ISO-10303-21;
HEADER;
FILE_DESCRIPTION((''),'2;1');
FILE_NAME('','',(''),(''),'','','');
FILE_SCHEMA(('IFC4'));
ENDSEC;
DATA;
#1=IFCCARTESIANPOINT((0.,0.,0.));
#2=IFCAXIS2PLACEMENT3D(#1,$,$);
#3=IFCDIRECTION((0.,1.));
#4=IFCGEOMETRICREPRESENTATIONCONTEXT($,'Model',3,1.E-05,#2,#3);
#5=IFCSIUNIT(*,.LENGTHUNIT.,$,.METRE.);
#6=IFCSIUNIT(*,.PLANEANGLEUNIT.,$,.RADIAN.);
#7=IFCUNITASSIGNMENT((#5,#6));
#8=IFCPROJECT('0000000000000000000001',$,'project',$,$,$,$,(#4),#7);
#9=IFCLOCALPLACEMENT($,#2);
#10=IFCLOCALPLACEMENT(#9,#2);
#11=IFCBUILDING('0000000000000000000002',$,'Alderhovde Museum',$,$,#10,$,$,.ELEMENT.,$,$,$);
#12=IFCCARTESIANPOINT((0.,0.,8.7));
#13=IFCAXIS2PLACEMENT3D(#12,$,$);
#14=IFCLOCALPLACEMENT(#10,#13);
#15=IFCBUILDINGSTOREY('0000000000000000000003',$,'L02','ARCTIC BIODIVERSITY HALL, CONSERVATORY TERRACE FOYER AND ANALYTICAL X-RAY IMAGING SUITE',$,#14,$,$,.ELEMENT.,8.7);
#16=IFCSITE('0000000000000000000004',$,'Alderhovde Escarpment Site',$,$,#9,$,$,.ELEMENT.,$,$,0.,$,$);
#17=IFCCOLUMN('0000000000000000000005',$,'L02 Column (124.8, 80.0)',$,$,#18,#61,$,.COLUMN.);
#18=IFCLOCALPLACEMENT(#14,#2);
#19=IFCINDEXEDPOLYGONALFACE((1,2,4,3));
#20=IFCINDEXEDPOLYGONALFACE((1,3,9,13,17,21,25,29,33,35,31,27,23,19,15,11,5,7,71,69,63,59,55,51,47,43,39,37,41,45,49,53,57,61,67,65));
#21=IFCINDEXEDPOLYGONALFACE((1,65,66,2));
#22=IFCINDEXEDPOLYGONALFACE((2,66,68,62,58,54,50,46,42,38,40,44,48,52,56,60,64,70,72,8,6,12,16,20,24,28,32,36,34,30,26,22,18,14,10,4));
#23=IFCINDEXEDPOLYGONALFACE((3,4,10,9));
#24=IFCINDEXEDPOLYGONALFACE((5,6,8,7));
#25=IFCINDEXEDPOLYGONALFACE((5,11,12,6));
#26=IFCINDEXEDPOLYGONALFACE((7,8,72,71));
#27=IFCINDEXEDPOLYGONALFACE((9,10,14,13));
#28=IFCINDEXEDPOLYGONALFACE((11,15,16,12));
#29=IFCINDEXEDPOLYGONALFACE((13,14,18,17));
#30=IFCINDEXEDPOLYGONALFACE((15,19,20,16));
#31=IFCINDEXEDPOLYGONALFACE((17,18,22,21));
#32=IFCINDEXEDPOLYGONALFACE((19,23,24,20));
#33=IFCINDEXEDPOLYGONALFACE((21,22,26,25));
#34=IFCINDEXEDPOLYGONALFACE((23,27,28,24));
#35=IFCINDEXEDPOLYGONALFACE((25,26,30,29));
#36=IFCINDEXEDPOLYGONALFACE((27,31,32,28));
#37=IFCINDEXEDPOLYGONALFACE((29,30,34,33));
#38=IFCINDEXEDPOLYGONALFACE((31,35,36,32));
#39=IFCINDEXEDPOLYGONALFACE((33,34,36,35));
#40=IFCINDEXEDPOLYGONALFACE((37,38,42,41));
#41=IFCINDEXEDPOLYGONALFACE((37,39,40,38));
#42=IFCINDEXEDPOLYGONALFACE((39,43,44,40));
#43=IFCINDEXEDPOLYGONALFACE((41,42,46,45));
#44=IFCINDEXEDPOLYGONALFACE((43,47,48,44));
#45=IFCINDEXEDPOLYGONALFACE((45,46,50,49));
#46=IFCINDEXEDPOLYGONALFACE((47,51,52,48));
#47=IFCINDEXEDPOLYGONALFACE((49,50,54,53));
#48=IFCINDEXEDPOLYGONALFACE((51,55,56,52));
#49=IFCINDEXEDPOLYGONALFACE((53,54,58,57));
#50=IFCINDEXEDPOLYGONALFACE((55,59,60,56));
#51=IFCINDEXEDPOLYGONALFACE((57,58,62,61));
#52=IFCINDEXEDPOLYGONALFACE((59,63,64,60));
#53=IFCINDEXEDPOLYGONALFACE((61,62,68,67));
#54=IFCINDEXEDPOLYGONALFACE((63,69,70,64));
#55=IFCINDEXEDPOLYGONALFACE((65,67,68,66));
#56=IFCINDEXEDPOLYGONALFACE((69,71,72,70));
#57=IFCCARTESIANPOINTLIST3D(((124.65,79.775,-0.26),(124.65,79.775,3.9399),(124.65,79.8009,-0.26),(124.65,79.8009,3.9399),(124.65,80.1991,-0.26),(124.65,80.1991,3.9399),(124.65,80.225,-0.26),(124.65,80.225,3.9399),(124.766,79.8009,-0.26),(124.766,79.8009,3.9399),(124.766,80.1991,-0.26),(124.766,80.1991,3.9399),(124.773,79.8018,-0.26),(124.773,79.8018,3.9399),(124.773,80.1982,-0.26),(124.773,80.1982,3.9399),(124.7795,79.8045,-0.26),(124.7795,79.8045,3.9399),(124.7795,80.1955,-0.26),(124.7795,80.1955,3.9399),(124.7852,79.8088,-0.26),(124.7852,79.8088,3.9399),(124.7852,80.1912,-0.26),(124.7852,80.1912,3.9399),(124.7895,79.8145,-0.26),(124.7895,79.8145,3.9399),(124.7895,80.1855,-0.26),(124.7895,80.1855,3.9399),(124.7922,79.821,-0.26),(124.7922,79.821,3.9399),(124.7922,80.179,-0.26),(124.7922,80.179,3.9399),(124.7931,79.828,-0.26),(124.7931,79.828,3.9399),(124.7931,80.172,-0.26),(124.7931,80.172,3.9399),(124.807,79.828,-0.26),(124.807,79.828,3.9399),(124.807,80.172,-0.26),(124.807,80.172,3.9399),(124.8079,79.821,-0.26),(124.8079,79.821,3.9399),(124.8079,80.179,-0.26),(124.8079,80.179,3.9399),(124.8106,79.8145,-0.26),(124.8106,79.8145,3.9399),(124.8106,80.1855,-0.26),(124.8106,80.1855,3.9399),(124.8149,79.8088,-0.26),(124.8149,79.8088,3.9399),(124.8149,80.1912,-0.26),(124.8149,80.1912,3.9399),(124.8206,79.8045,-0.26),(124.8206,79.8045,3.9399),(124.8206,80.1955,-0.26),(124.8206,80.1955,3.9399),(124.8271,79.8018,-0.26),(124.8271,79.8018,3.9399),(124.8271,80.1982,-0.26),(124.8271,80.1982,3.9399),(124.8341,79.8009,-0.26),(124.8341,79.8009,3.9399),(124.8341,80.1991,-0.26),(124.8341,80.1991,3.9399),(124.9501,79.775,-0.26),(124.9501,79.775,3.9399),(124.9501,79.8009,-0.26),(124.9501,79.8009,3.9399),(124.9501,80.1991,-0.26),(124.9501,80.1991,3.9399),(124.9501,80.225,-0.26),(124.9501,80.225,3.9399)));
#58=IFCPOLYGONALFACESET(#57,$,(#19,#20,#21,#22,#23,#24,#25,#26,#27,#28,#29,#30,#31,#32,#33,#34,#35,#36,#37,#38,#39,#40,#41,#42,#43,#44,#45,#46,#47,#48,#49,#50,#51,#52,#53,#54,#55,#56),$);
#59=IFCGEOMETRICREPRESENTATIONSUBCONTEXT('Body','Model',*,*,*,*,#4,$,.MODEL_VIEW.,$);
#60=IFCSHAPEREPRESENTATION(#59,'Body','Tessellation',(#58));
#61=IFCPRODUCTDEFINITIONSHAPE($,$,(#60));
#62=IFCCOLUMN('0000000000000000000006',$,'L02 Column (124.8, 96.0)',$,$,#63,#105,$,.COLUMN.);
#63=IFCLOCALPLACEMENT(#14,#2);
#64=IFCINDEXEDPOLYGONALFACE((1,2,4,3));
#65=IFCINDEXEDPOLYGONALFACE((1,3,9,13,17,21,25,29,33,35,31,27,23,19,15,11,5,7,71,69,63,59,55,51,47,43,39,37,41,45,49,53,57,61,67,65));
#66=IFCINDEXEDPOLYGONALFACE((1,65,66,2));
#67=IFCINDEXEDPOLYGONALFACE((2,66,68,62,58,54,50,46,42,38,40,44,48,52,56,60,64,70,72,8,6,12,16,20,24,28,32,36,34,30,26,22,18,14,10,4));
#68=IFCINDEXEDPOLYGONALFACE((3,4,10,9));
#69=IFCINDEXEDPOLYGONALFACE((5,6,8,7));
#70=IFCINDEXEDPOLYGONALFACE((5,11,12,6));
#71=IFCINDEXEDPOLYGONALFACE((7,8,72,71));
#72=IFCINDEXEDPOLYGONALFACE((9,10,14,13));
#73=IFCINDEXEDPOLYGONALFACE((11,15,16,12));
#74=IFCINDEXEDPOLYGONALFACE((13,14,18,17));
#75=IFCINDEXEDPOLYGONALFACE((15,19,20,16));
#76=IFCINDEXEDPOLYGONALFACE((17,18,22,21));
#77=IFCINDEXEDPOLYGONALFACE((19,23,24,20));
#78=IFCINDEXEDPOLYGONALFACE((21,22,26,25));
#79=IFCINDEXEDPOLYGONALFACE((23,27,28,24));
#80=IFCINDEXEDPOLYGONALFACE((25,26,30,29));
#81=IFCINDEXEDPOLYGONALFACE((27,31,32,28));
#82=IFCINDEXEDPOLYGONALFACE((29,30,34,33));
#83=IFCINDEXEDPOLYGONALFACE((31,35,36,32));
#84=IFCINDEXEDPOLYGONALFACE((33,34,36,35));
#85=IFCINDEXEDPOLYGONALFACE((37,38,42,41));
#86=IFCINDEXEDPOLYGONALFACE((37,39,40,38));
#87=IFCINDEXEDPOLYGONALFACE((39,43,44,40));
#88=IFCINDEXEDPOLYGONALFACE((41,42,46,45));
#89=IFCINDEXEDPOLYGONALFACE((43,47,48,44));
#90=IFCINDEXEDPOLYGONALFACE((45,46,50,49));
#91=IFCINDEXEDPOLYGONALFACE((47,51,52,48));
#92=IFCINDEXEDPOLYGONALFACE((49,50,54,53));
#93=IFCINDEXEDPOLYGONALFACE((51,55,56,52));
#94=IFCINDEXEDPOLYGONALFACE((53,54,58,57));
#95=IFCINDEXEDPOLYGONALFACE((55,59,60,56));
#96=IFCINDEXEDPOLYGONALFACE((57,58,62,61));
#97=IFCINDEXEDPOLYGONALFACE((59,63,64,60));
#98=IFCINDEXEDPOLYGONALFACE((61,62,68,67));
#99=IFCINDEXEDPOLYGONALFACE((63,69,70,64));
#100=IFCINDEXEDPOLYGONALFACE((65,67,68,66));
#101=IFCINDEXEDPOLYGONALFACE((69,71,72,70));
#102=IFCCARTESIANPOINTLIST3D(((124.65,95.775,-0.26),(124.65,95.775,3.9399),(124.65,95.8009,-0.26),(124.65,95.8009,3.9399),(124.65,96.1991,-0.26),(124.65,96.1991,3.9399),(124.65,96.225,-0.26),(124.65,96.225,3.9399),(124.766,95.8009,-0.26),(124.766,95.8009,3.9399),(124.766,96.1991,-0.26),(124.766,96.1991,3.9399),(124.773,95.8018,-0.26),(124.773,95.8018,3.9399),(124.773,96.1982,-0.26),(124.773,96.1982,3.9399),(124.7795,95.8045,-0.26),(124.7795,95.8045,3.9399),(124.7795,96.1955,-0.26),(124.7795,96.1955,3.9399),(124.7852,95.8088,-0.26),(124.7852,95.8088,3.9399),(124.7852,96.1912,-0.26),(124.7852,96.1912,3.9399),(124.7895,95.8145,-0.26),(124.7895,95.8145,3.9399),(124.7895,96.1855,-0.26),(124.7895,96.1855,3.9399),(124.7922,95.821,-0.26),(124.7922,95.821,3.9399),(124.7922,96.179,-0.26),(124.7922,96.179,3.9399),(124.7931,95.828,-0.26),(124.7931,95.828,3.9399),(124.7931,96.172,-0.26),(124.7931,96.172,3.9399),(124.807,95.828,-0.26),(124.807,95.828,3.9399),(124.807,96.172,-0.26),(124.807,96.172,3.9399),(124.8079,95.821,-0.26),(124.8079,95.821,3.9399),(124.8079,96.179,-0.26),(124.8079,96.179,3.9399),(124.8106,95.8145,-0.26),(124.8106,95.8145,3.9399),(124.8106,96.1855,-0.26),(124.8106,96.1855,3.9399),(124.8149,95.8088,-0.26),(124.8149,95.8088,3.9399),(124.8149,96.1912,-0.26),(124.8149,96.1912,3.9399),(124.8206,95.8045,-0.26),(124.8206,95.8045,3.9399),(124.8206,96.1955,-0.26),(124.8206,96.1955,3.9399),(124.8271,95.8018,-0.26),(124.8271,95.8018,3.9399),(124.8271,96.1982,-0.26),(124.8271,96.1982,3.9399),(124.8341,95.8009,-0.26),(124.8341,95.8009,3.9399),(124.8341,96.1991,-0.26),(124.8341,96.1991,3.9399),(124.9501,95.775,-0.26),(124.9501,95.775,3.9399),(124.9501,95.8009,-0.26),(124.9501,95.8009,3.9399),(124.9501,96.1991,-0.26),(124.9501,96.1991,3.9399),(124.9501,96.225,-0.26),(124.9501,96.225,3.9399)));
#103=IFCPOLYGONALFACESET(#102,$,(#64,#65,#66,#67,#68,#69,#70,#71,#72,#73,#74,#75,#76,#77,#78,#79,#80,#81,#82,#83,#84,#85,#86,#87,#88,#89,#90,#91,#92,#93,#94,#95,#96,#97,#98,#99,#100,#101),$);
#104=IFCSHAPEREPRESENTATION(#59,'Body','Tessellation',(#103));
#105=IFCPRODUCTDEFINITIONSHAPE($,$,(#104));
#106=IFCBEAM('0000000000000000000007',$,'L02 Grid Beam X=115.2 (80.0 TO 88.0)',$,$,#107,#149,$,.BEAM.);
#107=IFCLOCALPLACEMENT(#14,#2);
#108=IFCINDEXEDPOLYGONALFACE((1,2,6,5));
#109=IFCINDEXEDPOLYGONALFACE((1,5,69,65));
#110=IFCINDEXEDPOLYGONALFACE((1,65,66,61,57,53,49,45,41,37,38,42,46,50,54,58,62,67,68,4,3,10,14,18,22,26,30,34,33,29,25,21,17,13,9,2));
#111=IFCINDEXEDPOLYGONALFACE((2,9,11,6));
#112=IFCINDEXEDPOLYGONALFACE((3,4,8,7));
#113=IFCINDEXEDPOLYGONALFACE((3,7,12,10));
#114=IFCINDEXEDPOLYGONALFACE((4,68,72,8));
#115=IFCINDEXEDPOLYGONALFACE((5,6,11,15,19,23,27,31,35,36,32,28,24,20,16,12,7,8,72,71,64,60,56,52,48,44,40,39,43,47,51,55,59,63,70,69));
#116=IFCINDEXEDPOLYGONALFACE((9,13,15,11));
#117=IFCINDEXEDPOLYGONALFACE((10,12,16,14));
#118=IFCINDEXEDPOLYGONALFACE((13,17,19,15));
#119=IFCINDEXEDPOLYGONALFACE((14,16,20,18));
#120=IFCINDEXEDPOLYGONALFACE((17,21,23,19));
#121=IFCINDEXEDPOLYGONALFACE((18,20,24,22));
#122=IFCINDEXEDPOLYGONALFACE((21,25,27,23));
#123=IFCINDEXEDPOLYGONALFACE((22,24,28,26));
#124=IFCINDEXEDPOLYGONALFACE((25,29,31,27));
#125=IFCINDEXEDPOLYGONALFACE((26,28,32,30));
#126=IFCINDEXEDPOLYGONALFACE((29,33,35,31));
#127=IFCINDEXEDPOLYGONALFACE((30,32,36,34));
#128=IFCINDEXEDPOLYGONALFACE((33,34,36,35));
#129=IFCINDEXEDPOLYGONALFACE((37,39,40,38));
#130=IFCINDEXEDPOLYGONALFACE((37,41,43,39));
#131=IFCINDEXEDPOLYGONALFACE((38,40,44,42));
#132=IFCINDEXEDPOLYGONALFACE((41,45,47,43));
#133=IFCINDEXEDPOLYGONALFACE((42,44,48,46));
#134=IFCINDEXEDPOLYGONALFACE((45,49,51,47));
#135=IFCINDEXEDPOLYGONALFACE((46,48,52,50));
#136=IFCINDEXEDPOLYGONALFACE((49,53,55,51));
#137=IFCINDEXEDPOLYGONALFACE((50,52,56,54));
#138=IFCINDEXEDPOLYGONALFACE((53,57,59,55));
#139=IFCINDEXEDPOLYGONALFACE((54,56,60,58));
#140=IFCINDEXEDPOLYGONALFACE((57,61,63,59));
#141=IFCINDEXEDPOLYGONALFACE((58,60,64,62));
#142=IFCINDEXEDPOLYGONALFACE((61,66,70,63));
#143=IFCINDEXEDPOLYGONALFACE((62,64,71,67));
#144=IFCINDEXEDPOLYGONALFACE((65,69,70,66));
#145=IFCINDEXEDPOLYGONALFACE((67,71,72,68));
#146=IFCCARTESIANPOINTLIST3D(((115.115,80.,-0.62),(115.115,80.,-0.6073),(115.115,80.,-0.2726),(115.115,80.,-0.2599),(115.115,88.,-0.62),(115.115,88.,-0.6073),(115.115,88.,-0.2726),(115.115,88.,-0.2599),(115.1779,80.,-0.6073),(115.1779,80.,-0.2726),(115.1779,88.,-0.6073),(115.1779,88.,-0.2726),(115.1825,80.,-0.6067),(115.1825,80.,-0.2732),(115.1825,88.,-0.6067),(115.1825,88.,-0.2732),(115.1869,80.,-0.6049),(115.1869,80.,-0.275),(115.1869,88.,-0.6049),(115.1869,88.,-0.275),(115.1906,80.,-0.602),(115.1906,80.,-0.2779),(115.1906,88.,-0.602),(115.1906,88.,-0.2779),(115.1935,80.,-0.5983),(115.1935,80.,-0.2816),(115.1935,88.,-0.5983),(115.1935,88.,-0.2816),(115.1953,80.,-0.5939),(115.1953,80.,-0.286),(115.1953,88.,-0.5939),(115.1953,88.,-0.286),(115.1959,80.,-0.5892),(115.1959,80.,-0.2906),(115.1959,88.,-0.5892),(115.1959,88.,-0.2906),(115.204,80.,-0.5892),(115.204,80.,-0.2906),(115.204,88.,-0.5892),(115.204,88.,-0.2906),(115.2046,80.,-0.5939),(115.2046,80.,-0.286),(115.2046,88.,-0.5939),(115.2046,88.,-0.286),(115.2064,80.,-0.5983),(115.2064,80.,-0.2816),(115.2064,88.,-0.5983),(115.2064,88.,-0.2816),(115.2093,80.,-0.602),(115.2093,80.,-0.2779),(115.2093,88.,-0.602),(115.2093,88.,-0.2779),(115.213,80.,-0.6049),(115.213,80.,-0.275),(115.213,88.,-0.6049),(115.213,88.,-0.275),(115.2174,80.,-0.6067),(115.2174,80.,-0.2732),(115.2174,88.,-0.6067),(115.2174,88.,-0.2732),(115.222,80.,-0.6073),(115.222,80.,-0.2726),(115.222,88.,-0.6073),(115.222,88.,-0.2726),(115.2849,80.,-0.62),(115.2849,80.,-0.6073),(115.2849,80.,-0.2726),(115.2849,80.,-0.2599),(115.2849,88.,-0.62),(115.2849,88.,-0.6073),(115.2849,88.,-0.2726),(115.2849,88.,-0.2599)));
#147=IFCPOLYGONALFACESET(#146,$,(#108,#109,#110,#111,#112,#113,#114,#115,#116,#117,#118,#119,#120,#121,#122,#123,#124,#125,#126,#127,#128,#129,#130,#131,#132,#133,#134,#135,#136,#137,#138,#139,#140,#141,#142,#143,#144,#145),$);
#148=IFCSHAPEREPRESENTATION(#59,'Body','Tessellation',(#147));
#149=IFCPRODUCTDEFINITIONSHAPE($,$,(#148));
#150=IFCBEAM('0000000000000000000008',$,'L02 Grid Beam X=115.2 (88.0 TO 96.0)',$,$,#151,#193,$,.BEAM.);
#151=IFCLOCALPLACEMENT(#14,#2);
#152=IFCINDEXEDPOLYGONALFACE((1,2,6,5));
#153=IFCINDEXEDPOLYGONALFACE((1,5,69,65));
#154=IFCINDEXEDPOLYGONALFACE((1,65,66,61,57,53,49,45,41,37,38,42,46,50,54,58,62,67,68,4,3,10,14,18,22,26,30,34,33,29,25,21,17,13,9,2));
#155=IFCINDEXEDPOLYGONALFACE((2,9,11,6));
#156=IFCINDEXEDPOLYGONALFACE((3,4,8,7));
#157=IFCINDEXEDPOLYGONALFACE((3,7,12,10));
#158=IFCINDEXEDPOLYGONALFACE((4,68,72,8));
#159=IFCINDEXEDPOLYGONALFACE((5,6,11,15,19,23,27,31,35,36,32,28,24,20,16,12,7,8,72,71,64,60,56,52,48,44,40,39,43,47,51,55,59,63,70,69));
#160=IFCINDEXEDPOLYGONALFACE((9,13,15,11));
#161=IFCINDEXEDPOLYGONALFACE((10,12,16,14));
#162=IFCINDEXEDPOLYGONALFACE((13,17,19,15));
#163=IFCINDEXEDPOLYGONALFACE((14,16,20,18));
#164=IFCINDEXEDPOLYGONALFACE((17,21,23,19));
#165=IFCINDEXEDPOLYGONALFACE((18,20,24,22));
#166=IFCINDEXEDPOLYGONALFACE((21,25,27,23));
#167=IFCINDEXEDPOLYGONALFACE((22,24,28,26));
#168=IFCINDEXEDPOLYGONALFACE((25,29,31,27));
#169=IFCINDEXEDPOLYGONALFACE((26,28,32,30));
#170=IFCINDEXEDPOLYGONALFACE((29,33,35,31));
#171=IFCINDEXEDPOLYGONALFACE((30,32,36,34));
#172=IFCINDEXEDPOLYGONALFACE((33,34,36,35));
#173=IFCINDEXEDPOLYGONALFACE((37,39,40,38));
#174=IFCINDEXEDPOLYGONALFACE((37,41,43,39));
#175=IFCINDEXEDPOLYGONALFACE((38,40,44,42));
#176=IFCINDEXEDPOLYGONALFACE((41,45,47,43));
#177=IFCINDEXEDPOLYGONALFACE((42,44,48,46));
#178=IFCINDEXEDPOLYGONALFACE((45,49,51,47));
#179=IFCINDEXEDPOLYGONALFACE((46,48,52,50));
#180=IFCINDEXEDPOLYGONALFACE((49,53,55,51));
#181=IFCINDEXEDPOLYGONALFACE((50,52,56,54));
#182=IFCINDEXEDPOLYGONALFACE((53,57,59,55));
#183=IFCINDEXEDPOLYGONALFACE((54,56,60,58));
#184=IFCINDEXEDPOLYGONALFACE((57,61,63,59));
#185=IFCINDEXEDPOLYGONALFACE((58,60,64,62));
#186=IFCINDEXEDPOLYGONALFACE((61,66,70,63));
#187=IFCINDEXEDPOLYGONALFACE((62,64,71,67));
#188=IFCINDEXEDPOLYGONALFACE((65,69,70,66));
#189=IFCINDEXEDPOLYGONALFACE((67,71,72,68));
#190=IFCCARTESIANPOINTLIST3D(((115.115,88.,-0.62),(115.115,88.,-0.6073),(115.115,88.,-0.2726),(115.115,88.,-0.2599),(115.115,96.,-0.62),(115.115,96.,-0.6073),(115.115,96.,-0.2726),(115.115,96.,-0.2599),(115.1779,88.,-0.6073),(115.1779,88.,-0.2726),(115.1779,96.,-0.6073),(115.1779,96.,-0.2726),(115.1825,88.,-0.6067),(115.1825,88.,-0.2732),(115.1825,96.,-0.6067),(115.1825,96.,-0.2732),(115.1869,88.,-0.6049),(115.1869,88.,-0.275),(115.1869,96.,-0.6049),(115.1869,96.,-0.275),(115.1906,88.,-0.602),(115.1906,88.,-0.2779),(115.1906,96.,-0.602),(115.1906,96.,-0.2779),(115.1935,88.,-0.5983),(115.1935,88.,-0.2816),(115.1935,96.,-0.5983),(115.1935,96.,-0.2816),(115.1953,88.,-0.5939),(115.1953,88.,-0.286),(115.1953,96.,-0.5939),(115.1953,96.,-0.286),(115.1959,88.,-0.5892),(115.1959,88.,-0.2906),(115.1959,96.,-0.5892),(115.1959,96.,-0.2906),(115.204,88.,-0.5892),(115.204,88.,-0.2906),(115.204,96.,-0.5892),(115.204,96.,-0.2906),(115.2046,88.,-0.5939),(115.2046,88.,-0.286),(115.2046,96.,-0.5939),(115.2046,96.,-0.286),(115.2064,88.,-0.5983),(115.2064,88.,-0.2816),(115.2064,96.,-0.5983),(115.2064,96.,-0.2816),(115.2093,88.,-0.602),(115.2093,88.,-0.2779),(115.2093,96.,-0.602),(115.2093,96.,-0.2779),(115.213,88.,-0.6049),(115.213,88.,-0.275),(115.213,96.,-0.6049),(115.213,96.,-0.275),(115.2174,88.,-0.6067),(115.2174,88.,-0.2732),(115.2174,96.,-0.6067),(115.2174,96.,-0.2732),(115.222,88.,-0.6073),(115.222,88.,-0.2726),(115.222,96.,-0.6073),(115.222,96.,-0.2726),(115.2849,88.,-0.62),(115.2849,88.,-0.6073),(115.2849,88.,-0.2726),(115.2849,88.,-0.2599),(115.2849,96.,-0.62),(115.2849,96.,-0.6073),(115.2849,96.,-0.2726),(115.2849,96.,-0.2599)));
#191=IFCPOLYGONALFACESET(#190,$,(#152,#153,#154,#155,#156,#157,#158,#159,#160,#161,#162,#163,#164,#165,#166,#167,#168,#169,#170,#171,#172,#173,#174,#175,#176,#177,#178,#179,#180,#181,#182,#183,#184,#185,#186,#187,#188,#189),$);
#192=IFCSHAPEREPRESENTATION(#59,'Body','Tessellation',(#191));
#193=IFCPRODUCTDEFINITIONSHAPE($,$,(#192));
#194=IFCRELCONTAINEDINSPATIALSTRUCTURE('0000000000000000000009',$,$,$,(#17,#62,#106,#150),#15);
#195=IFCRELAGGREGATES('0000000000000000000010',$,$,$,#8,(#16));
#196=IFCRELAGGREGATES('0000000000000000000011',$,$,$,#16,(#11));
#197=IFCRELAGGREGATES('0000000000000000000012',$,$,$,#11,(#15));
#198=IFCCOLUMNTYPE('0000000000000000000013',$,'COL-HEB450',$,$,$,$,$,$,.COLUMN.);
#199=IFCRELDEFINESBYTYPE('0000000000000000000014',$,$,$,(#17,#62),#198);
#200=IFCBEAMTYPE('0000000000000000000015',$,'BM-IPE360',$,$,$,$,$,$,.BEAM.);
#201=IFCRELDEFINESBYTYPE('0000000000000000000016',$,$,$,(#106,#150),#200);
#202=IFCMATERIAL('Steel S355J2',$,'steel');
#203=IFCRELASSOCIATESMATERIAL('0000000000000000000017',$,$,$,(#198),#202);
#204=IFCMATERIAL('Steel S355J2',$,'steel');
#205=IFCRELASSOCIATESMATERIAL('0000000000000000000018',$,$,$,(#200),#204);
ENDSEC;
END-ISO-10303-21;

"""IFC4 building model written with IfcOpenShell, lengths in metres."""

from ifc_helpers import new_model, si_unit, direction, frame, origin, origin_2d, place, context, subcontext, project, spatial, i_section, extrude, material, material_profile, profile_set, type_object, element, save


model = new_model("IFC4")

# Units and contexts
model_context = context("Model", 3, precision=1e-05, world=origin(), true_north=direction((0.0, 1.0)))
body_context = subcontext(model_context, "Body", "Model", "MODEL_VIEW")
ifc_project = project(units=[si_unit("LENGTHUNIT", "METRE"), si_unit("PLANEANGLEUNIT", "RADIAN")], contexts=[model_context])

# Site, building, storey
site_placement = place(None, origin())
site = spatial("IfcSite", under=ifc_project, at=site_placement, Name="Alderhovde Escarpment Site", CompositionType="ELEMENT", RefElevation=0.0)
building_placement = place(site_placement, origin())
building = spatial("IfcBuilding", under=site, at=building_placement, Name="Alderhovde Museum", CompositionType="ELEMENT")
storey_placement = place(building_placement, frame((0.0, 0.0, 8.7)))
storey = spatial("IfcBuildingStorey", under=building, at=storey_placement, Name="L02", Description="ARCTIC BIODIVERSITY HALL, CONSERVATORY TERRACE FOYER AND ANALYTICAL X-RAY IMAGING SUITE", CompositionType="ELEMENT", Elevation=8.7)

# Columns
ifc_material_1 = material(Name="Steel S355J2", Category="steel")
ifc_material_profile_1 = material_profile(ifc_material_1, i_section(OverallWidth=0.3, OverallDepth=0.45, WebThickness=0.0139, FlangeThickness=0.0259, FilletRadius=0.0271, at=origin_2d()), Name="HEB 450")
ifc_profile_set_1 = profile_set([ifc_material_profile_1], Name="Steel S355J2")
column_type_1 = type_object("IfcColumnType", Name="COL-HEB450", PredefinedType="COLUMN", material=ifc_profile_set_1)
for number, where, z_axis, x_axis, name in (
    (1, (124.8, 80.0, -0.26), (0.0, 0.0, 1.0), (1.0, 0.0, 0.0), "L02 Column (124.8, 80.0)"),
    (2, (124.8, 96.0, -0.26), (0.0, 0.0, 1.0), (1.0, 0.0, 0.0), "L02 Column (124.8, 96.0)"),
):
    element("IfcColumn", number, at=place(storey_placement, frame(where, z_axis=z_axis, x_axis=x_axis)), inside=storey, type_object=column_type_1, Name=name, PredefinedType="COLUMN", context=body_context, shape_type="SweptSolid", body=[
        extrude(i_section(OverallWidth=0.3, OverallDepth=0.45, WebThickness=0.0139, FlangeThickness=0.0259, FilletRadius=0.0271, at=origin_2d()), origin(), (0.0, 0.0, 1.0), 4.2),
    ])

# Beams
ifc_material_2 = material(Name="Steel S355J2", Category="steel")
ifc_material_profile_2 = material_profile(ifc_material_2, i_section(OverallWidth=0.1699, OverallDepth=0.3601, WebThickness=0.0081, FlangeThickness=0.0127, FilletRadius=0.0181, at=origin_2d()), Name="IPE 360")
ifc_profile_set_2 = profile_set([ifc_material_profile_2], Name="Steel S355J2")
beam_type_1 = type_object("IfcBeamType", Name="BM-IPE360", PredefinedType="BEAM", material=ifc_profile_set_2)
for number, where, z_axis, x_axis, name in (
    (3, (115.2, 80.0, -0.4399), (0.0, 1.0, 0.0), (-1.0, 0.0, 0.0), "L02 Grid Beam X=115.2 (80.0 TO 88.0)"),
    (4, (115.2, 88.0, -0.4399), (0.0, 1.0, 0.0), (-1.0, 0.0, 0.0), "L02 Grid Beam X=115.2 (88.0 TO 96.0)"),
):
    element("IfcBeam", number, at=place(storey_placement, frame(where, z_axis=z_axis, x_axis=x_axis)), inside=storey, type_object=beam_type_1, Name=name, PredefinedType="BEAM", context=body_context, shape_type="SweptSolid", body=[
        extrude(i_section(OverallWidth=0.1699, OverallDepth=0.3601, WebThickness=0.0081, FlangeThickness=0.0127, FilletRadius=0.0181, at=origin_2d()), origin(), (0.0, 0.0, 1.0), 8.0),
    ])

save(model, "model.ifc")
